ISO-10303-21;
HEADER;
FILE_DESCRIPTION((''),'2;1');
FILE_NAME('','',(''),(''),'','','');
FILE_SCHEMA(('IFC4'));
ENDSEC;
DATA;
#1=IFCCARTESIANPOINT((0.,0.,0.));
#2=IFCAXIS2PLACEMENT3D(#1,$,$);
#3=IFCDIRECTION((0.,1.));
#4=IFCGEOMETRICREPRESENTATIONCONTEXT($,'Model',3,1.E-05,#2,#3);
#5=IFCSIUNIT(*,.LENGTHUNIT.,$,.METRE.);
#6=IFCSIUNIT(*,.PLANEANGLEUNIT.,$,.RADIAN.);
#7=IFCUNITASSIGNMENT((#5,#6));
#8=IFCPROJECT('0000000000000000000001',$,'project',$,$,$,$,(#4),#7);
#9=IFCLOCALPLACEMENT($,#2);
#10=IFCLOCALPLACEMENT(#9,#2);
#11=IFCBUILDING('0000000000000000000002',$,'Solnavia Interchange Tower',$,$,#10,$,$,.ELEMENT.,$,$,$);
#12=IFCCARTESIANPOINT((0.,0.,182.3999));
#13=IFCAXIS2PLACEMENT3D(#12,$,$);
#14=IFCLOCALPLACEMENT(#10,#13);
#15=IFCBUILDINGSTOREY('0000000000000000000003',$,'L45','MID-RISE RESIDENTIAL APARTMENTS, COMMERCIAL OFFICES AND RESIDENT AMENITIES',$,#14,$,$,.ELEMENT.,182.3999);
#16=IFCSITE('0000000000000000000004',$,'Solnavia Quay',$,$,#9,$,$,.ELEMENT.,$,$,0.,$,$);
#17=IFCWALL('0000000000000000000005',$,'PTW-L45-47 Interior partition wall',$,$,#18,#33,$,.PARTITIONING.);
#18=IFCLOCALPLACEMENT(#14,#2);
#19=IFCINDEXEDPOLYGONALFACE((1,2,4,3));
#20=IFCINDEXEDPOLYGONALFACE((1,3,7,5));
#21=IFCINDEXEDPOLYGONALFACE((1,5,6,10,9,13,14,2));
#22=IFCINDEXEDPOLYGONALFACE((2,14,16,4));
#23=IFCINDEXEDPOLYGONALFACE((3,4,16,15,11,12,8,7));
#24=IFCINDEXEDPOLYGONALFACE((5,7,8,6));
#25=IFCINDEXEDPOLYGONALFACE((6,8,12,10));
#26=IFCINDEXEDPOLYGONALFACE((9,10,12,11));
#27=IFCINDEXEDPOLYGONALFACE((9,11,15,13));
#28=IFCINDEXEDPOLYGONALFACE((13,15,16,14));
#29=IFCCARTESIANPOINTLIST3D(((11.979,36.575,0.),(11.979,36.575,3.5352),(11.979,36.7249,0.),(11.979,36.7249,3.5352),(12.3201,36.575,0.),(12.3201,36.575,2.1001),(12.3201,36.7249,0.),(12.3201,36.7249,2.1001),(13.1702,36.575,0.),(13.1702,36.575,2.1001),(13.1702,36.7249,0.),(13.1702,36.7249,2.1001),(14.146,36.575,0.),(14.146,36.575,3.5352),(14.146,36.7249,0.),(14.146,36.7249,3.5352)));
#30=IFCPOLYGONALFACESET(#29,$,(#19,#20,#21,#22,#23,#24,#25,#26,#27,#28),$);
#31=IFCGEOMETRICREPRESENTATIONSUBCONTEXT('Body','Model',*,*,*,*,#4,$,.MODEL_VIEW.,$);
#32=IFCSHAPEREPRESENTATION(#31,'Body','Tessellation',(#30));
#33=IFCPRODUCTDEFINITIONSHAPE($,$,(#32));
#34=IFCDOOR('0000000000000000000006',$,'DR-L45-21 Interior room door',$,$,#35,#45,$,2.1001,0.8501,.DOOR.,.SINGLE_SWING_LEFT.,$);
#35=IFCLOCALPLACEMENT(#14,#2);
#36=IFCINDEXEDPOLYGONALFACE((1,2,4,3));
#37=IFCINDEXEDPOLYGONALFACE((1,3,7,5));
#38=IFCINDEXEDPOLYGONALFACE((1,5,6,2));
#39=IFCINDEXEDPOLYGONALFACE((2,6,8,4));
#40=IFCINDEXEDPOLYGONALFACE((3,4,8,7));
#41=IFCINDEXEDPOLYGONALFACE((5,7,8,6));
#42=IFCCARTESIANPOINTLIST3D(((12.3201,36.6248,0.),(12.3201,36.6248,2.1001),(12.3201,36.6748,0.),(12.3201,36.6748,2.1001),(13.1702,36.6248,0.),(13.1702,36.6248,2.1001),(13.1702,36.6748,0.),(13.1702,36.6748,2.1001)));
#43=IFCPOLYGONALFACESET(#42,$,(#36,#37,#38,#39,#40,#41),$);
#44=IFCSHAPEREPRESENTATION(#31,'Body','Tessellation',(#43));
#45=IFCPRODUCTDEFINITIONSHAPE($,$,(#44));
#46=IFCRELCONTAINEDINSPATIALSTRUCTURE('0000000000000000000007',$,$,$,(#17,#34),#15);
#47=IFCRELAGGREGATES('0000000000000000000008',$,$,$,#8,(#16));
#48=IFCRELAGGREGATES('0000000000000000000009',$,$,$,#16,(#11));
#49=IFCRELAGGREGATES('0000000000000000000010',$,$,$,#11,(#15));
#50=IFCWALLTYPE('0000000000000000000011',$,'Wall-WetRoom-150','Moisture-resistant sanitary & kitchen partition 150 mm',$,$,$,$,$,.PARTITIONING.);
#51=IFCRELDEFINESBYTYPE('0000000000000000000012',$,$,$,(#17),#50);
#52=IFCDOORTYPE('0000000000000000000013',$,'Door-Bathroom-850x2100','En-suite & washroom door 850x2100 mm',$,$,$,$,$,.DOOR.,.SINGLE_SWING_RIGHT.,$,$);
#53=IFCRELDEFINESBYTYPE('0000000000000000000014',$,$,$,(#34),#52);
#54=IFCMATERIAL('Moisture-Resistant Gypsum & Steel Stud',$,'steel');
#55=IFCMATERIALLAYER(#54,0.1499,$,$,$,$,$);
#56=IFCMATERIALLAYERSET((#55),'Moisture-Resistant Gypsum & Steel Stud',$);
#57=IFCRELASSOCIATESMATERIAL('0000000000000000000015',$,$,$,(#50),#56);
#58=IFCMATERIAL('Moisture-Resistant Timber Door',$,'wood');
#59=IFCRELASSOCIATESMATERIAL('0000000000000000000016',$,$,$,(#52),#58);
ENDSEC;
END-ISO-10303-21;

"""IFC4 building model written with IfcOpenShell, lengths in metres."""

from ifc_helpers import new_model, si_unit, direction, frame, frame_2d, origin, place, context, subcontext, project, spatial, rectangle, extrude, material, layer, layer_set, type_object, element, fill, save


model = new_model("IFC4")

# Units and contexts
model_context = context("Model", 3, precision=1e-05, world=origin(), true_north=direction((0.0, 1.0)))
body_context = subcontext(model_context, "Body", "Model", "MODEL_VIEW")
ifc_project = project(units=[si_unit("LENGTHUNIT", "METRE"), si_unit("PLANEANGLEUNIT", "RADIAN")], contexts=[model_context])

# Site, building, storey
site_placement = place(None, origin())
site = spatial("IfcSite", under=ifc_project, at=site_placement, Name="Solnavia Quay", CompositionType="ELEMENT", RefElevation=0.0)
building_placement = place(site_placement, origin())
building = spatial("IfcBuilding", under=site, at=building_placement, Name="Solnavia Interchange Tower", CompositionType="ELEMENT")
storey_placement = place(building_placement, frame((0.0, 0.0, 182.3999)))
storey = spatial("IfcBuildingStorey", under=building, at=storey_placement, Name="L45", Description="MID-RISE RESIDENTIAL APARTMENTS, COMMERCIAL OFFICES AND RESIDENT AMENITIES", CompositionType="ELEMENT", Elevation=182.3999)

# Shared definitions
ifc_material_1 = material(Name="Moisture-Resistant Gypsum & Steel Stud", Category="steel")
ifc_layer_1 = layer(ifc_material_1, 0.1499)
ifc_layer_set_1 = layer_set([ifc_layer_1], Name="Moisture-Resistant Gypsum & Steel Stud")
wall_type_1 = type_object("IfcWallType", Name="Wall-WetRoom-150", Description="Moisture-resistant sanitary & kitchen partition 150 mm", PredefinedType="PARTITIONING", material=ifc_layer_set_1)

# Wall, opening, door
wall_1_placement = place(storey_placement, frame((11.979, 36.6499, 0.0), z_axis=(0.0, 0.0, 1.0), x_axis=(1.0, 0.0, 0.0)))
wall_1 = element("IfcWall", 1, at=wall_1_placement, inside=storey, type_object=wall_type_1, Name="PTW-L45-47 Interior partition wall", PredefinedType="PARTITIONING", context=body_context, shape_type="SweptSolid", body=[
    extrude(rectangle(XDim=2.167, YDim=0.1499, at=frame_2d((1.0835, 0.0))), origin(), (0.0, 0.0, 1.0), 3.5352),
])
opening_1_placement = place(wall_1_placement, frame((0.3411, 0.0, 0.0)))
opening_1 = element("IfcOpeningElement", 2, at=opening_1_placement, cuts=wall_1, PredefinedType="OPENING", context=body_context, shape_type="SweptSolid", body=[
    extrude(rectangle(XDim=0.8501, YDim=2.1001, at=frame_2d((0.425, 1.05))), frame((0.0, 0.085, 0.0), z_axis=(0.0, -1.0, 0.0), x_axis=(1.0, 0.0, 0.0)), (0.0, 0.0, 1.0), 0.1699),
])
ifc_material_2 = material(Name="Moisture-Resistant Timber Door", Category="wood")
door_type_1 = type_object("IfcDoorType", Name="Door-Bathroom-850x2100", Description="En-suite & washroom door 850x2100 mm", OperationType="SINGLE_SWING_RIGHT", PredefinedType="DOOR", material=ifc_material_2)
door_1_placement = place(opening_1_placement, origin())
door_1 = element("IfcDoor", 3, at=door_1_placement, inside=storey, type_object=door_type_1, Name="DR-L45-21 Interior room door", OperationType="SINGLE_SWING_LEFT", OverallHeight=2.1001, OverallWidth=0.8501, PredefinedType="DOOR", context=body_context, shape_type="SweptSolid", body=[
    extrude(rectangle(XDim=0.8501, YDim=2.1001, at=frame_2d((0.425, 1.05))), frame((0.0, 0.0249, 0.0), z_axis=(0.0, -1.0, 0.0), x_axis=(1.0, 0.0, 0.0)), (0.0, 0.0, 1.0), 0.05),
])
fill(opening_1, door_1)

save(model, "model.ifc")
